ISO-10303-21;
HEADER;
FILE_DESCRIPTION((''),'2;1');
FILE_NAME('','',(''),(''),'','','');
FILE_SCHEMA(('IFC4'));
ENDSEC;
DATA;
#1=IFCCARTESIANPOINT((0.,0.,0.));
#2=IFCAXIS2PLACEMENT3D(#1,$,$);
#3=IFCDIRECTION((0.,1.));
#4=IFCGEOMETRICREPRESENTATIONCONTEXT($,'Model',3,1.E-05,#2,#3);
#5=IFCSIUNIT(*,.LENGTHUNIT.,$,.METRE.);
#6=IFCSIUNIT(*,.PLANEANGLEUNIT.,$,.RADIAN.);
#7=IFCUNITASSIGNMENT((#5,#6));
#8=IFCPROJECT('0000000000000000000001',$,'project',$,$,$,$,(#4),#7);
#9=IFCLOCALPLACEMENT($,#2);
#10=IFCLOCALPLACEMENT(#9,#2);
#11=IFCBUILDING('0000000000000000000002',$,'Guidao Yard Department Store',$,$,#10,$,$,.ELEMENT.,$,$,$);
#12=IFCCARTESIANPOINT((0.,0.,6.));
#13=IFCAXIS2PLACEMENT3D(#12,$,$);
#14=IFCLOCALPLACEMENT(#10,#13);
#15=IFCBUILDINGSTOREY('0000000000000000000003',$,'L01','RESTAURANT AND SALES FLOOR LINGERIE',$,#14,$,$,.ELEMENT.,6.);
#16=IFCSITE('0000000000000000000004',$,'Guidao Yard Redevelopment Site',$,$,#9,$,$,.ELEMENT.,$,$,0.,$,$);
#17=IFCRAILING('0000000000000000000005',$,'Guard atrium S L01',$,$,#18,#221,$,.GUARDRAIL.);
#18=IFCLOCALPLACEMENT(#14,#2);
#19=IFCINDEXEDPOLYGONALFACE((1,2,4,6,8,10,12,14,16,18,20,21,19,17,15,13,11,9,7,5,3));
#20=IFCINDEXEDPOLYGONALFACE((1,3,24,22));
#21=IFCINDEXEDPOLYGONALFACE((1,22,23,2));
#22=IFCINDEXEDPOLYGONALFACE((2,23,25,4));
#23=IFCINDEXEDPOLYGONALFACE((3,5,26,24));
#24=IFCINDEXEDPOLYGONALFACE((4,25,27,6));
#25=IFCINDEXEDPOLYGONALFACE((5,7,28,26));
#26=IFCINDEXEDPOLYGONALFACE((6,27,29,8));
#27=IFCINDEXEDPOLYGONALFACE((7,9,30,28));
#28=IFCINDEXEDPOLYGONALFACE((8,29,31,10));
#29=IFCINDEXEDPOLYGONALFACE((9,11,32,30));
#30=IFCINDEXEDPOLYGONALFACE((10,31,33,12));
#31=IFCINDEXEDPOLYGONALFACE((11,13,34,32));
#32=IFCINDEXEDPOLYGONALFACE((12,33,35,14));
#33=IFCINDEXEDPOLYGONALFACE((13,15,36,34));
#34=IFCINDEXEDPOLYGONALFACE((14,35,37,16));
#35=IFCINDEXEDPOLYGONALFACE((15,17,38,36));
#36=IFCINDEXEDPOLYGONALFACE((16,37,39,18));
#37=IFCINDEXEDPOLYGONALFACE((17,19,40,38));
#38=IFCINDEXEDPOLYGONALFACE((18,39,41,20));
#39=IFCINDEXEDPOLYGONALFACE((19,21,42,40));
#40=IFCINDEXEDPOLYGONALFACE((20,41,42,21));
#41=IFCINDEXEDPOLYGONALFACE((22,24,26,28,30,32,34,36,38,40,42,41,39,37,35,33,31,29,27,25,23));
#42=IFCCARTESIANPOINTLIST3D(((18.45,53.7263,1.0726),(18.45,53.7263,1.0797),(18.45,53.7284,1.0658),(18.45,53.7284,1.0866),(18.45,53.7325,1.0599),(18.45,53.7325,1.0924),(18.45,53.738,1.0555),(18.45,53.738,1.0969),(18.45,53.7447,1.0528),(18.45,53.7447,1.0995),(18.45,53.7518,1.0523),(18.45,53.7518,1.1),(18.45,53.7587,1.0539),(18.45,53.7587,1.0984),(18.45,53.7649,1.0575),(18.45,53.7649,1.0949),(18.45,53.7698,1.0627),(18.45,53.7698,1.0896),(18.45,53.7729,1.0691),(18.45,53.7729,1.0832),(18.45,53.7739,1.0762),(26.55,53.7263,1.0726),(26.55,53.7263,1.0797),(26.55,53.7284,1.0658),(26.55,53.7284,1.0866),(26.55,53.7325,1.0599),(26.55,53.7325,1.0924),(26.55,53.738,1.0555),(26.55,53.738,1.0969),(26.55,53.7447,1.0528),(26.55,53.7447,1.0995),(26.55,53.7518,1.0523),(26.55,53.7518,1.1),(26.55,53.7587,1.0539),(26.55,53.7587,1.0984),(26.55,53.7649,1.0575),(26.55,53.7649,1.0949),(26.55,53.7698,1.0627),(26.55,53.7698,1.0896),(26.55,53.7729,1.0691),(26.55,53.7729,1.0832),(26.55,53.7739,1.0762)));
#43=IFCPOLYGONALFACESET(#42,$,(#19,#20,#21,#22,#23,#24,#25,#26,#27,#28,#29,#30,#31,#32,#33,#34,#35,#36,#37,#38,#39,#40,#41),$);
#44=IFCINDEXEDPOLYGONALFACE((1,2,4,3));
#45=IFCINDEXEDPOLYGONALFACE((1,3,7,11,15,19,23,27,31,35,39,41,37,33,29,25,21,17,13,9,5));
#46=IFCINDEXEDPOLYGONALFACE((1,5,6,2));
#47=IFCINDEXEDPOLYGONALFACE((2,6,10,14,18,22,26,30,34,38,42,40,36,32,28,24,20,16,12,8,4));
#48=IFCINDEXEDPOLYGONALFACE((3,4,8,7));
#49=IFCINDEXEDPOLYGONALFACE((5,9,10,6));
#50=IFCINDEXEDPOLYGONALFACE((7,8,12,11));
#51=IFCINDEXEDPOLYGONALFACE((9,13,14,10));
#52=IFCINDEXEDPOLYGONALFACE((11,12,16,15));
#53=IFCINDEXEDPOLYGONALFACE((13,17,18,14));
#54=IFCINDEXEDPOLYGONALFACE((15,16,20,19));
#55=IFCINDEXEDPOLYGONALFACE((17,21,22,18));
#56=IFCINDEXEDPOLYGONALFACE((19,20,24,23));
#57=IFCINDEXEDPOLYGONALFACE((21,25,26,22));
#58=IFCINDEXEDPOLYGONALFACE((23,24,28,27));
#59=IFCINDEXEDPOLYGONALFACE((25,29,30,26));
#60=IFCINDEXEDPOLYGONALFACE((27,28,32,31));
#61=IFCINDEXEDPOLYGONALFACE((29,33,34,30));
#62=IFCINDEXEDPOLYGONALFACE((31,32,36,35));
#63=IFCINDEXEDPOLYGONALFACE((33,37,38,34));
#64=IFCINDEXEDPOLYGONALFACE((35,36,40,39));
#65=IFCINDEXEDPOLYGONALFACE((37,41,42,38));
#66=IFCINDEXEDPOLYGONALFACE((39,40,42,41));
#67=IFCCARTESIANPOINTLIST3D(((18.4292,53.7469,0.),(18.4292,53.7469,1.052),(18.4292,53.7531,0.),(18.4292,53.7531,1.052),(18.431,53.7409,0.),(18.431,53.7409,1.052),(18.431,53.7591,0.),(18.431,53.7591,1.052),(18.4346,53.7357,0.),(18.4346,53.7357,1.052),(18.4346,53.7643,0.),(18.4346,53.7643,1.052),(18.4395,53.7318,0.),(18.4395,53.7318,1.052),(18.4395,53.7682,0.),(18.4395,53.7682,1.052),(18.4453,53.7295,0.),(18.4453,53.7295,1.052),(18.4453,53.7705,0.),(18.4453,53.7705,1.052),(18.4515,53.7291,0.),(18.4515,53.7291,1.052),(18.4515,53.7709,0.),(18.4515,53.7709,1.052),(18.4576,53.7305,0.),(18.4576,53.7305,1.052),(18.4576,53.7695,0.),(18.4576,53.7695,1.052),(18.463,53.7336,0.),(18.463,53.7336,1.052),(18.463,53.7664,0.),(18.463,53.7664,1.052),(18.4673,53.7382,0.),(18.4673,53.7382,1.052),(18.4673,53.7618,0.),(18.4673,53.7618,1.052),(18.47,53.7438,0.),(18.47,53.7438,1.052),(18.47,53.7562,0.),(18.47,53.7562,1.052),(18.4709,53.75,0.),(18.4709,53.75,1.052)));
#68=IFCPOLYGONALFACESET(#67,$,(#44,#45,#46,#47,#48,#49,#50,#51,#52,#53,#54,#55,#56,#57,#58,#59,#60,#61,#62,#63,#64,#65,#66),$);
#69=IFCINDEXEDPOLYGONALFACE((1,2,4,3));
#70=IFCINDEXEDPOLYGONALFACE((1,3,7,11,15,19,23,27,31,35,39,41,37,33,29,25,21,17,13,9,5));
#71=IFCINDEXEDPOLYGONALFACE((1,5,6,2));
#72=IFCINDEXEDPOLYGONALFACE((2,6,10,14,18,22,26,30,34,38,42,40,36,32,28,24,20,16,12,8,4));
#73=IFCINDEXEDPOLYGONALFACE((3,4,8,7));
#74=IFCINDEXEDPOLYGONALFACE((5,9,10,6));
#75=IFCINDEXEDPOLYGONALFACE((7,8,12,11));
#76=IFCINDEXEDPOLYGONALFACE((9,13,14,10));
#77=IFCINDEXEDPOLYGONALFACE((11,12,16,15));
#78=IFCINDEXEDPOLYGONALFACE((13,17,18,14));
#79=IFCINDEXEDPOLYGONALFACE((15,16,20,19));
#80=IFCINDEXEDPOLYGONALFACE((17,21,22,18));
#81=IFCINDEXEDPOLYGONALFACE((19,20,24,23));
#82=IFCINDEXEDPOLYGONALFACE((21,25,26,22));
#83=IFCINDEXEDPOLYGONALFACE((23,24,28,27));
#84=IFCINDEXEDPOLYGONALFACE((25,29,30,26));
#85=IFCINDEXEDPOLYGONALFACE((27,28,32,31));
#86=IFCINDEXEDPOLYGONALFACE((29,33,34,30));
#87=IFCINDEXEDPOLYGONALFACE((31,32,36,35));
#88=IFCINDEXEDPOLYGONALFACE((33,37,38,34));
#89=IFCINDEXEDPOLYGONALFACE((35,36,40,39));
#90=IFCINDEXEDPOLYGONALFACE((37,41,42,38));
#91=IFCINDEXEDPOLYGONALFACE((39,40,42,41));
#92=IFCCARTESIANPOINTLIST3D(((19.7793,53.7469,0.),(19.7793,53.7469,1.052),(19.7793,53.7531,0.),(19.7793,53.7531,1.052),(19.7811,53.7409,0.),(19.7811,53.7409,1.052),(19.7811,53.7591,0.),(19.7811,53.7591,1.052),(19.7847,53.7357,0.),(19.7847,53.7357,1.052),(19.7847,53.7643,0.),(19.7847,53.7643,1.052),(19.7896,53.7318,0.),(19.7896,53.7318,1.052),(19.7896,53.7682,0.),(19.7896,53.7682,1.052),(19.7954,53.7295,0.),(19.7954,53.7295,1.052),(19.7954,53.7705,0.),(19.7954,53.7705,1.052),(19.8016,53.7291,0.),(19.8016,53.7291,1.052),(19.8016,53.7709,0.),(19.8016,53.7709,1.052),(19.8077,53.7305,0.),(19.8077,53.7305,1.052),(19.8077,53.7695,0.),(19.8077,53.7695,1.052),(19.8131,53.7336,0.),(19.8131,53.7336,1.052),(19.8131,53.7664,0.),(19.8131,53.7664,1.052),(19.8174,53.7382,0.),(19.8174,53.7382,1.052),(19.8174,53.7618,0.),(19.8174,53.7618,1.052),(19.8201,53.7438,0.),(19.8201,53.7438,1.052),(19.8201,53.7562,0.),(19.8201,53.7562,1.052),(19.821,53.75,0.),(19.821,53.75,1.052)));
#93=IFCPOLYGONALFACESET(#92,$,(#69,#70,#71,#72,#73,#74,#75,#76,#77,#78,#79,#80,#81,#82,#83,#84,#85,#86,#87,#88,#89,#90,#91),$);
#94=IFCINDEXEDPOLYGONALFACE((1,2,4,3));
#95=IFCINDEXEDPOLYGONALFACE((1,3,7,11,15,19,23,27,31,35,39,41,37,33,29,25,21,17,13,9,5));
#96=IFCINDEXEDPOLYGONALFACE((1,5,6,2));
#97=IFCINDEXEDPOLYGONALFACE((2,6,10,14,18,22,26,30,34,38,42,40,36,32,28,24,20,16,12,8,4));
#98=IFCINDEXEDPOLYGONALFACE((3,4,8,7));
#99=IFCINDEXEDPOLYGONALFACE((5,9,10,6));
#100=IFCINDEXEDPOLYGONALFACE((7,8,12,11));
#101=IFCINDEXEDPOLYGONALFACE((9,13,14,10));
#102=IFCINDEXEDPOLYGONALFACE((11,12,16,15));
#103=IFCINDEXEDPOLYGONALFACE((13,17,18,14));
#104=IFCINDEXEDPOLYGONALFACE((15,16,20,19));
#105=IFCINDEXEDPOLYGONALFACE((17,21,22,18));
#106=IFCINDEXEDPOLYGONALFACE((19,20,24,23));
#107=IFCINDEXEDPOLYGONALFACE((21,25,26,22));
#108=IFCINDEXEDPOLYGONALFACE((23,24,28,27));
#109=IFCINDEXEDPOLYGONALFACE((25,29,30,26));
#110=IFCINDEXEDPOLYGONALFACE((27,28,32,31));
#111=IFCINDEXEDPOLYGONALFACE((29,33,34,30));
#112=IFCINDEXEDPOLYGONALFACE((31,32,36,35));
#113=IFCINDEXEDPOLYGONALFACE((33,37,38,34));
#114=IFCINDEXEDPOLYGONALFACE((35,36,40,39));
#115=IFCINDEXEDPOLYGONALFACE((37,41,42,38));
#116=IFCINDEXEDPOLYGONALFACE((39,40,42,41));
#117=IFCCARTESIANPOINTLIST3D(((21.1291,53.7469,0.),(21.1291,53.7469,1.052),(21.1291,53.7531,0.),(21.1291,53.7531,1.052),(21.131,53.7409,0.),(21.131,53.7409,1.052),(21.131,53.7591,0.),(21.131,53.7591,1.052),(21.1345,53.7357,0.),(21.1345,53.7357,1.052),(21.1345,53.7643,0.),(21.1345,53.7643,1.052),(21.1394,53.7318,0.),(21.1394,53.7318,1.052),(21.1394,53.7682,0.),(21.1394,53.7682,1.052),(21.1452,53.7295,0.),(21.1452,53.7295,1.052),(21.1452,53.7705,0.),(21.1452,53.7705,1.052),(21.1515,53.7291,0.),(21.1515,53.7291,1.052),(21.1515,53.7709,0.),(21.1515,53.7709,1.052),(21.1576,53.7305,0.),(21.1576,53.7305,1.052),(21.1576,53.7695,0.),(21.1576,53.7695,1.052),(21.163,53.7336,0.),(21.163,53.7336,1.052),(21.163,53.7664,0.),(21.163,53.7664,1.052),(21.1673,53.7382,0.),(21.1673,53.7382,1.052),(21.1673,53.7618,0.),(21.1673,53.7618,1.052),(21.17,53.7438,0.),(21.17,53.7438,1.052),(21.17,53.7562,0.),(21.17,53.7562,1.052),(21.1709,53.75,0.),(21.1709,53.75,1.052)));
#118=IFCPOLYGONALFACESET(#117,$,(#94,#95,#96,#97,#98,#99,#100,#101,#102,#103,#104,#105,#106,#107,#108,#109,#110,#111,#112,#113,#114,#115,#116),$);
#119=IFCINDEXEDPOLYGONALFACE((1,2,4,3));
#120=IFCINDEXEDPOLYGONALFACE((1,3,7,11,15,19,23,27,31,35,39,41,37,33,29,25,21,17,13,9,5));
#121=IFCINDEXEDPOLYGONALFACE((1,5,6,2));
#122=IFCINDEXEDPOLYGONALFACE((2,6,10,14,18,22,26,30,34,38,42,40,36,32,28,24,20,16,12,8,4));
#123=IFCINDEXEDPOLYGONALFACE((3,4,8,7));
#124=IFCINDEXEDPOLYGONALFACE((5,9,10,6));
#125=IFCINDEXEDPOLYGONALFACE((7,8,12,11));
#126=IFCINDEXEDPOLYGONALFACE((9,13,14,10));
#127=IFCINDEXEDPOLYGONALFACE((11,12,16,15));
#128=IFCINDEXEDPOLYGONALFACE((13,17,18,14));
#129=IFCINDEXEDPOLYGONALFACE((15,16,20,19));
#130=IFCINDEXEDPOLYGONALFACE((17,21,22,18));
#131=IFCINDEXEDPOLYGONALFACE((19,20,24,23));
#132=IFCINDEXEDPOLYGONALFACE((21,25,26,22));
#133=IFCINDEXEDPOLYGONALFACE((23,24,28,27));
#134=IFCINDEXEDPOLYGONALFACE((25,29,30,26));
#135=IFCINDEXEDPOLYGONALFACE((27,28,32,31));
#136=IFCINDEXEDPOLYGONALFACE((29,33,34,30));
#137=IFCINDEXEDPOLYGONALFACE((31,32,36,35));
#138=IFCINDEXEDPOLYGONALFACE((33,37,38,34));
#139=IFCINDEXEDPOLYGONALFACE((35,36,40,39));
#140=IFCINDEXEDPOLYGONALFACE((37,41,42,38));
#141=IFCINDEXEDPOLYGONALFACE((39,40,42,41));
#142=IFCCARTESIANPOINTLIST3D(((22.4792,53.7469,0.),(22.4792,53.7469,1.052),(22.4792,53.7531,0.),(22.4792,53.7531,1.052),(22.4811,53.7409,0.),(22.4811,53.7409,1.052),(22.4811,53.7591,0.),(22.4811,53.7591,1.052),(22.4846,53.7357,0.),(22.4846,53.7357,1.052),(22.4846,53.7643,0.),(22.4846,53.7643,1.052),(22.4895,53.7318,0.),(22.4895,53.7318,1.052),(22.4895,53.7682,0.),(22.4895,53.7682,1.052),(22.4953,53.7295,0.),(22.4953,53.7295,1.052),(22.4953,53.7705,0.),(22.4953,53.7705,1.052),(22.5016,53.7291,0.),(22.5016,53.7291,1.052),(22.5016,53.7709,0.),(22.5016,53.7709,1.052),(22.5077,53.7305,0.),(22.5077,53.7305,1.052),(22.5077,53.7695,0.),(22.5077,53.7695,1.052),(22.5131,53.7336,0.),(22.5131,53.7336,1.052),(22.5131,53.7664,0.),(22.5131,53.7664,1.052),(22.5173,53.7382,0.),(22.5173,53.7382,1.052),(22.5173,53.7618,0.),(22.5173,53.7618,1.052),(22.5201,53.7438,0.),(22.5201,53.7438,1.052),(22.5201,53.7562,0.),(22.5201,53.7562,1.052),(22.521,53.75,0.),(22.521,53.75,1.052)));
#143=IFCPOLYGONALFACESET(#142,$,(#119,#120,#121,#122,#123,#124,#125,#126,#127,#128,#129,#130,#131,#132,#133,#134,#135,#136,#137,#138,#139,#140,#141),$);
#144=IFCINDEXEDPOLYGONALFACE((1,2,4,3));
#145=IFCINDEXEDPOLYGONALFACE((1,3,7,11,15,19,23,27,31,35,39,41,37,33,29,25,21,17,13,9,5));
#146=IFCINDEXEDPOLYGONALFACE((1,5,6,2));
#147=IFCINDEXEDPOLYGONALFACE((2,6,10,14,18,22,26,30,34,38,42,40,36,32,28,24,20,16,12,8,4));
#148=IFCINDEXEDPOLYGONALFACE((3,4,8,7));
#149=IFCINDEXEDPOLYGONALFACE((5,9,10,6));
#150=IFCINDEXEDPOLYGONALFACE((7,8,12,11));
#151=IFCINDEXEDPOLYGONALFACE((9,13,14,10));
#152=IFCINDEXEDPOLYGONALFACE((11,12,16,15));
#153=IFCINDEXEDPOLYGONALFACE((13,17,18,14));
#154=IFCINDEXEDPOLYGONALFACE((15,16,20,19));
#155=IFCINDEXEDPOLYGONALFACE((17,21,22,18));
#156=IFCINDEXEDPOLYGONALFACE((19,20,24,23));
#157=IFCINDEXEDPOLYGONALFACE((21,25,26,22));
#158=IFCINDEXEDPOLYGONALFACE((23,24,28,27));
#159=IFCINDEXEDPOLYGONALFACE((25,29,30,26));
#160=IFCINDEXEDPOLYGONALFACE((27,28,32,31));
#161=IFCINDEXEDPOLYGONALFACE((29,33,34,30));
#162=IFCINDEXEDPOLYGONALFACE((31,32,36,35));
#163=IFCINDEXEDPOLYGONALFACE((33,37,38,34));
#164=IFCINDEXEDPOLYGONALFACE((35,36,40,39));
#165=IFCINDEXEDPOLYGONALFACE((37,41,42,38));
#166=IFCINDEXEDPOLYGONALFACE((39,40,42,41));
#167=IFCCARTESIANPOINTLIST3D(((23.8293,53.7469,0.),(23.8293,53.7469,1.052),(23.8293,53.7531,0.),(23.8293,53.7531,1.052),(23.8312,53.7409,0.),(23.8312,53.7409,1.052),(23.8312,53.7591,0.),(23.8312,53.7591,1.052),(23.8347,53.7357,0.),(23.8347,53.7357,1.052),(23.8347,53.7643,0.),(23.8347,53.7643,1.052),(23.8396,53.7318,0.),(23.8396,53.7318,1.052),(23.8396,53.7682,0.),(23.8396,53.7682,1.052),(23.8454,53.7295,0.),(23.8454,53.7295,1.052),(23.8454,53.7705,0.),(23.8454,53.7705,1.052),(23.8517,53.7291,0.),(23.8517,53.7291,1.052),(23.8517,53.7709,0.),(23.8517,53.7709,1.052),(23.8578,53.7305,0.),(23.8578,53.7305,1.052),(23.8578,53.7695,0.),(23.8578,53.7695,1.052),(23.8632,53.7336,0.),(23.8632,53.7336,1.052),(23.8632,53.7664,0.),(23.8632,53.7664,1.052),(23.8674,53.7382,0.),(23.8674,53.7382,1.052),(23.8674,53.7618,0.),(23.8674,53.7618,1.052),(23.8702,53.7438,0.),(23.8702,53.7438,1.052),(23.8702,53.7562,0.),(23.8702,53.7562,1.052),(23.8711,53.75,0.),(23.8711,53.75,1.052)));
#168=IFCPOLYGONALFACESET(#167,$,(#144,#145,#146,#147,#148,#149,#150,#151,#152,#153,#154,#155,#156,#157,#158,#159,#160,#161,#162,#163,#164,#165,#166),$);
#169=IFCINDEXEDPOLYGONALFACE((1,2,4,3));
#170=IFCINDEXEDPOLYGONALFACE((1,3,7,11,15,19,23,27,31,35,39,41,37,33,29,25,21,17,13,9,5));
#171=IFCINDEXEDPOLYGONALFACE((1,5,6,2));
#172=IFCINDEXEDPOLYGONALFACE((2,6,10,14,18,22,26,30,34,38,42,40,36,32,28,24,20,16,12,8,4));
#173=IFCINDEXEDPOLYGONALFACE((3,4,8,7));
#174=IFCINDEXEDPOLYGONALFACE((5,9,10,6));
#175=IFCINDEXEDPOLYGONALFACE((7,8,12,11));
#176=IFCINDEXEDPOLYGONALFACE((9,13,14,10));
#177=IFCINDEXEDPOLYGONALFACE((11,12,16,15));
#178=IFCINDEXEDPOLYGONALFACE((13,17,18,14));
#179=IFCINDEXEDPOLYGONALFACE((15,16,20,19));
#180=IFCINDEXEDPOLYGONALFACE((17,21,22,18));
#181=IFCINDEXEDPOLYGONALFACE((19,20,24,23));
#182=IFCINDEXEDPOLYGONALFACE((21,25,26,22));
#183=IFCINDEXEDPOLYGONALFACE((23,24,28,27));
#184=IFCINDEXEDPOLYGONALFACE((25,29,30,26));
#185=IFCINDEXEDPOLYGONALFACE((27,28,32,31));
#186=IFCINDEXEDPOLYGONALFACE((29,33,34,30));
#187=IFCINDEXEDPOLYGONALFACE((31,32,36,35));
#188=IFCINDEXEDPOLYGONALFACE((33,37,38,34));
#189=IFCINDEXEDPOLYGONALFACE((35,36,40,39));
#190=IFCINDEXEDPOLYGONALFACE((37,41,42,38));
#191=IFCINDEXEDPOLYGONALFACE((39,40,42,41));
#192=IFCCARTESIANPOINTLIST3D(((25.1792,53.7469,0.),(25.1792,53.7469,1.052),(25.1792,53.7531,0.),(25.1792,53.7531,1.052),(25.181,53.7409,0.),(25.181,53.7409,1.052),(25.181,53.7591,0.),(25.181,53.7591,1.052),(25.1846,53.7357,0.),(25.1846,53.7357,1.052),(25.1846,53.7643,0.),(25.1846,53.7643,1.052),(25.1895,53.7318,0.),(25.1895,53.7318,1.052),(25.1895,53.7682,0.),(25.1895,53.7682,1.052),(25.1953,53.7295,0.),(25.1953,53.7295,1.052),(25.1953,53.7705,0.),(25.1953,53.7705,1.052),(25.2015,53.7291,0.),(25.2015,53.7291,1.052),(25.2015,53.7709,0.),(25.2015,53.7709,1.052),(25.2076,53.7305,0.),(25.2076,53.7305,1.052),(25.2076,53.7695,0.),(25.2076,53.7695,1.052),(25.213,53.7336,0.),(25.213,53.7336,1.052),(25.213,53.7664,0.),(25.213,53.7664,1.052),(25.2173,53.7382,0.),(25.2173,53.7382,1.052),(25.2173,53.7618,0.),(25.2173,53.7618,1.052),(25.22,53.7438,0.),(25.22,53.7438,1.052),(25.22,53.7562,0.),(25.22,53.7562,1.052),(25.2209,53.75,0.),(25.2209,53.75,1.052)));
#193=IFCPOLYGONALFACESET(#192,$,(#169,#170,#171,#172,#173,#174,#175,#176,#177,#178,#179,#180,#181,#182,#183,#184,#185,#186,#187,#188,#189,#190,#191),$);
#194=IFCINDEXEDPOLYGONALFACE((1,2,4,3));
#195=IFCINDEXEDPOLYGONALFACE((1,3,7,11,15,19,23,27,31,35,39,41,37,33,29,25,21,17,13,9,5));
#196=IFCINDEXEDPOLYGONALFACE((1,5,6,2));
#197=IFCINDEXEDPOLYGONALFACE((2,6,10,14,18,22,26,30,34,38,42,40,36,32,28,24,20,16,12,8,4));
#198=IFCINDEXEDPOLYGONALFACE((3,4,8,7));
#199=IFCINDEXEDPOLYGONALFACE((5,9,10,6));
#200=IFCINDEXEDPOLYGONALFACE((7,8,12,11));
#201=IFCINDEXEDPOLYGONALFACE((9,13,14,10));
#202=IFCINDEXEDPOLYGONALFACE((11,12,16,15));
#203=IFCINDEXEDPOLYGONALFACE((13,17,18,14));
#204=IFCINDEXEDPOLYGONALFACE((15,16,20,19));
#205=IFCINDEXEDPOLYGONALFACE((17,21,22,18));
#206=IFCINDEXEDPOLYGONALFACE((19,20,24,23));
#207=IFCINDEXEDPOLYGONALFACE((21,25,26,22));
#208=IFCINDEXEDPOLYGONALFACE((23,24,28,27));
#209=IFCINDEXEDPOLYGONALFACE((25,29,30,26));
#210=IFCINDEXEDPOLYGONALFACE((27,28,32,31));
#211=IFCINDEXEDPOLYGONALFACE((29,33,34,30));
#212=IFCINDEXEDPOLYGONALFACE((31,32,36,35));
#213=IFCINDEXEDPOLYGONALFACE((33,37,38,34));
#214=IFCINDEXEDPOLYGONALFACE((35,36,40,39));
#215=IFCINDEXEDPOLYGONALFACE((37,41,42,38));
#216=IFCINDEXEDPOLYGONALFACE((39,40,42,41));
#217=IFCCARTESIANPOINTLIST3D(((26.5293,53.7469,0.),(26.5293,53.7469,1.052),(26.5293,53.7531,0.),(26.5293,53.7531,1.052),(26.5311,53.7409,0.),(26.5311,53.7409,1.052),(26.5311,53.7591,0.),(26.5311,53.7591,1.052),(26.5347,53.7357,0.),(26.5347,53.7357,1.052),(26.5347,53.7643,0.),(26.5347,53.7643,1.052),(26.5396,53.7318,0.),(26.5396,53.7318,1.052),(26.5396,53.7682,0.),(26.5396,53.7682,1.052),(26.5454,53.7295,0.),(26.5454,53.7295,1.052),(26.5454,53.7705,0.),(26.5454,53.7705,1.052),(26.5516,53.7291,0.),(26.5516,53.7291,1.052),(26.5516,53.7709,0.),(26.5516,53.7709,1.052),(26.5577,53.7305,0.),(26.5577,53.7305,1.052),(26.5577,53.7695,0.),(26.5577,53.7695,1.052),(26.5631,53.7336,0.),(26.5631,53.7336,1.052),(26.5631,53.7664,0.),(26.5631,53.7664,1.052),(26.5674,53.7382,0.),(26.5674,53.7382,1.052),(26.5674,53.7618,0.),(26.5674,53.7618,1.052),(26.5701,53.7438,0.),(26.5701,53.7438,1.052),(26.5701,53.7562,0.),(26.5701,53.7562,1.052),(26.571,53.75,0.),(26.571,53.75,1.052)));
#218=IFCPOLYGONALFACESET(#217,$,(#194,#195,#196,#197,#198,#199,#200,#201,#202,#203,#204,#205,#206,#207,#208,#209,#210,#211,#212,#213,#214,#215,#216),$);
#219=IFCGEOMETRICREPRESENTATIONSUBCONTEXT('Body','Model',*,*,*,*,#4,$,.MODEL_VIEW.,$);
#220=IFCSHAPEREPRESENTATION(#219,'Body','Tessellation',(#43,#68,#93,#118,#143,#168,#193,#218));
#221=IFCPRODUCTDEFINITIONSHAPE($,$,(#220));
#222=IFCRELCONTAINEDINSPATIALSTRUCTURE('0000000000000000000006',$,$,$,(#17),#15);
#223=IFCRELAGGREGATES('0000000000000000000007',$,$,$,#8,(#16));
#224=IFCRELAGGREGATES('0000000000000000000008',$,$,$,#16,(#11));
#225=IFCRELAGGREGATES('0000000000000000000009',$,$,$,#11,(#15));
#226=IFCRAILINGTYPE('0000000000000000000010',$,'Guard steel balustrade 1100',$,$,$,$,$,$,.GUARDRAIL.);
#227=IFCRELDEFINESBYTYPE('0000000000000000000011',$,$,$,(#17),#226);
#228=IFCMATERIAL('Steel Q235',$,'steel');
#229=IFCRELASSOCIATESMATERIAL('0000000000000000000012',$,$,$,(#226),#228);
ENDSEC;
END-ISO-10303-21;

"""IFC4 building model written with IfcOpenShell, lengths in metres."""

from ifc_helpers import new_model, si_unit, direction, frame, origin, origin_2d, place, context, subcontext, project, spatial, circle, extrude, material, type_object, element, save


model = new_model("IFC4")

# Units and contexts
model_context = context("Model", 3, precision=1e-05, world=origin(), true_north=direction((0.0, 1.0)))
body_context = subcontext(model_context, "Body", "Model", "MODEL_VIEW")
ifc_project = project(units=[si_unit("LENGTHUNIT", "METRE"), si_unit("PLANEANGLEUNIT", "RADIAN")], contexts=[model_context])

# Site, building, storey
site_placement = place(None, origin())
site = spatial("IfcSite", under=ifc_project, at=site_placement, Name="Guidao Yard Redevelopment Site", CompositionType="ELEMENT", RefElevation=0.0)
building_placement = place(site_placement, origin())
building = spatial("IfcBuilding", under=site, at=building_placement, Name="Guidao Yard Department Store", CompositionType="ELEMENT")
storey_placement = place(building_placement, frame((0.0, 0.0, 6.0)))
storey = spatial("IfcBuildingStorey", under=building, at=storey_placement, Name="L01", Description="RESTAURANT AND SALES FLOOR LINGERIE", CompositionType="ELEMENT", Elevation=6.0)

# Railing
ifc_material_1 = material(Name="Steel Q235", Category="steel")
railing_type = type_object("IfcRailingType", Name="Guard steel balustrade 1100", PredefinedType="GUARDRAIL", material=ifc_material_1)
railing_1_placement = place(storey_placement, frame((18.45, 53.75, 0.0)))
element("IfcRailing", 1, at=railing_1_placement, inside=storey, type_object=railing_type, Name="Guard atrium S L01", PredefinedType="GUARDRAIL", context=body_context, shape_type="SweptSolid", body=[
    extrude(circle(Radius=0.0239, at=origin_2d()), frame((0.0, 0.0, 1.0762), z_axis=(1.0, 0.0, 0.0), x_axis=(0.0, 1.0, 0.0)), (0.0, 0.0, 1.0), 8.1001),
    extrude(circle(Radius=0.021, at=origin_2d()), origin(), (0.0, 0.0, 1.0), 1.052),
    extrude(circle(Radius=0.021, at=origin_2d()), frame((1.3501, 0.0, 0.0)), (0.0, 0.0, 1.0), 1.052),
    extrude(circle(Radius=0.021, at=origin_2d()), frame((2.7, 0.0, 0.0)), (0.0, 0.0, 1.0), 1.052),
    extrude(circle(Radius=0.021, at=origin_2d()), frame((4.05, 0.0, 0.0)), (0.0, 0.0, 1.0), 1.052),
    extrude(circle(Radius=0.021, at=origin_2d()), frame((5.4001, 0.0, 0.0)), (0.0, 0.0, 1.0), 1.052),
    extrude(circle(Radius=0.021, at=origin_2d()), frame((6.75, 0.0, 0.0)), (0.0, 0.0, 1.0), 1.052),
    extrude(circle(Radius=0.021, at=origin_2d()), frame((8.1001, 0.0, 0.0)), (0.0, 0.0, 1.0), 1.052),
])

save(model, "model.ifc")
